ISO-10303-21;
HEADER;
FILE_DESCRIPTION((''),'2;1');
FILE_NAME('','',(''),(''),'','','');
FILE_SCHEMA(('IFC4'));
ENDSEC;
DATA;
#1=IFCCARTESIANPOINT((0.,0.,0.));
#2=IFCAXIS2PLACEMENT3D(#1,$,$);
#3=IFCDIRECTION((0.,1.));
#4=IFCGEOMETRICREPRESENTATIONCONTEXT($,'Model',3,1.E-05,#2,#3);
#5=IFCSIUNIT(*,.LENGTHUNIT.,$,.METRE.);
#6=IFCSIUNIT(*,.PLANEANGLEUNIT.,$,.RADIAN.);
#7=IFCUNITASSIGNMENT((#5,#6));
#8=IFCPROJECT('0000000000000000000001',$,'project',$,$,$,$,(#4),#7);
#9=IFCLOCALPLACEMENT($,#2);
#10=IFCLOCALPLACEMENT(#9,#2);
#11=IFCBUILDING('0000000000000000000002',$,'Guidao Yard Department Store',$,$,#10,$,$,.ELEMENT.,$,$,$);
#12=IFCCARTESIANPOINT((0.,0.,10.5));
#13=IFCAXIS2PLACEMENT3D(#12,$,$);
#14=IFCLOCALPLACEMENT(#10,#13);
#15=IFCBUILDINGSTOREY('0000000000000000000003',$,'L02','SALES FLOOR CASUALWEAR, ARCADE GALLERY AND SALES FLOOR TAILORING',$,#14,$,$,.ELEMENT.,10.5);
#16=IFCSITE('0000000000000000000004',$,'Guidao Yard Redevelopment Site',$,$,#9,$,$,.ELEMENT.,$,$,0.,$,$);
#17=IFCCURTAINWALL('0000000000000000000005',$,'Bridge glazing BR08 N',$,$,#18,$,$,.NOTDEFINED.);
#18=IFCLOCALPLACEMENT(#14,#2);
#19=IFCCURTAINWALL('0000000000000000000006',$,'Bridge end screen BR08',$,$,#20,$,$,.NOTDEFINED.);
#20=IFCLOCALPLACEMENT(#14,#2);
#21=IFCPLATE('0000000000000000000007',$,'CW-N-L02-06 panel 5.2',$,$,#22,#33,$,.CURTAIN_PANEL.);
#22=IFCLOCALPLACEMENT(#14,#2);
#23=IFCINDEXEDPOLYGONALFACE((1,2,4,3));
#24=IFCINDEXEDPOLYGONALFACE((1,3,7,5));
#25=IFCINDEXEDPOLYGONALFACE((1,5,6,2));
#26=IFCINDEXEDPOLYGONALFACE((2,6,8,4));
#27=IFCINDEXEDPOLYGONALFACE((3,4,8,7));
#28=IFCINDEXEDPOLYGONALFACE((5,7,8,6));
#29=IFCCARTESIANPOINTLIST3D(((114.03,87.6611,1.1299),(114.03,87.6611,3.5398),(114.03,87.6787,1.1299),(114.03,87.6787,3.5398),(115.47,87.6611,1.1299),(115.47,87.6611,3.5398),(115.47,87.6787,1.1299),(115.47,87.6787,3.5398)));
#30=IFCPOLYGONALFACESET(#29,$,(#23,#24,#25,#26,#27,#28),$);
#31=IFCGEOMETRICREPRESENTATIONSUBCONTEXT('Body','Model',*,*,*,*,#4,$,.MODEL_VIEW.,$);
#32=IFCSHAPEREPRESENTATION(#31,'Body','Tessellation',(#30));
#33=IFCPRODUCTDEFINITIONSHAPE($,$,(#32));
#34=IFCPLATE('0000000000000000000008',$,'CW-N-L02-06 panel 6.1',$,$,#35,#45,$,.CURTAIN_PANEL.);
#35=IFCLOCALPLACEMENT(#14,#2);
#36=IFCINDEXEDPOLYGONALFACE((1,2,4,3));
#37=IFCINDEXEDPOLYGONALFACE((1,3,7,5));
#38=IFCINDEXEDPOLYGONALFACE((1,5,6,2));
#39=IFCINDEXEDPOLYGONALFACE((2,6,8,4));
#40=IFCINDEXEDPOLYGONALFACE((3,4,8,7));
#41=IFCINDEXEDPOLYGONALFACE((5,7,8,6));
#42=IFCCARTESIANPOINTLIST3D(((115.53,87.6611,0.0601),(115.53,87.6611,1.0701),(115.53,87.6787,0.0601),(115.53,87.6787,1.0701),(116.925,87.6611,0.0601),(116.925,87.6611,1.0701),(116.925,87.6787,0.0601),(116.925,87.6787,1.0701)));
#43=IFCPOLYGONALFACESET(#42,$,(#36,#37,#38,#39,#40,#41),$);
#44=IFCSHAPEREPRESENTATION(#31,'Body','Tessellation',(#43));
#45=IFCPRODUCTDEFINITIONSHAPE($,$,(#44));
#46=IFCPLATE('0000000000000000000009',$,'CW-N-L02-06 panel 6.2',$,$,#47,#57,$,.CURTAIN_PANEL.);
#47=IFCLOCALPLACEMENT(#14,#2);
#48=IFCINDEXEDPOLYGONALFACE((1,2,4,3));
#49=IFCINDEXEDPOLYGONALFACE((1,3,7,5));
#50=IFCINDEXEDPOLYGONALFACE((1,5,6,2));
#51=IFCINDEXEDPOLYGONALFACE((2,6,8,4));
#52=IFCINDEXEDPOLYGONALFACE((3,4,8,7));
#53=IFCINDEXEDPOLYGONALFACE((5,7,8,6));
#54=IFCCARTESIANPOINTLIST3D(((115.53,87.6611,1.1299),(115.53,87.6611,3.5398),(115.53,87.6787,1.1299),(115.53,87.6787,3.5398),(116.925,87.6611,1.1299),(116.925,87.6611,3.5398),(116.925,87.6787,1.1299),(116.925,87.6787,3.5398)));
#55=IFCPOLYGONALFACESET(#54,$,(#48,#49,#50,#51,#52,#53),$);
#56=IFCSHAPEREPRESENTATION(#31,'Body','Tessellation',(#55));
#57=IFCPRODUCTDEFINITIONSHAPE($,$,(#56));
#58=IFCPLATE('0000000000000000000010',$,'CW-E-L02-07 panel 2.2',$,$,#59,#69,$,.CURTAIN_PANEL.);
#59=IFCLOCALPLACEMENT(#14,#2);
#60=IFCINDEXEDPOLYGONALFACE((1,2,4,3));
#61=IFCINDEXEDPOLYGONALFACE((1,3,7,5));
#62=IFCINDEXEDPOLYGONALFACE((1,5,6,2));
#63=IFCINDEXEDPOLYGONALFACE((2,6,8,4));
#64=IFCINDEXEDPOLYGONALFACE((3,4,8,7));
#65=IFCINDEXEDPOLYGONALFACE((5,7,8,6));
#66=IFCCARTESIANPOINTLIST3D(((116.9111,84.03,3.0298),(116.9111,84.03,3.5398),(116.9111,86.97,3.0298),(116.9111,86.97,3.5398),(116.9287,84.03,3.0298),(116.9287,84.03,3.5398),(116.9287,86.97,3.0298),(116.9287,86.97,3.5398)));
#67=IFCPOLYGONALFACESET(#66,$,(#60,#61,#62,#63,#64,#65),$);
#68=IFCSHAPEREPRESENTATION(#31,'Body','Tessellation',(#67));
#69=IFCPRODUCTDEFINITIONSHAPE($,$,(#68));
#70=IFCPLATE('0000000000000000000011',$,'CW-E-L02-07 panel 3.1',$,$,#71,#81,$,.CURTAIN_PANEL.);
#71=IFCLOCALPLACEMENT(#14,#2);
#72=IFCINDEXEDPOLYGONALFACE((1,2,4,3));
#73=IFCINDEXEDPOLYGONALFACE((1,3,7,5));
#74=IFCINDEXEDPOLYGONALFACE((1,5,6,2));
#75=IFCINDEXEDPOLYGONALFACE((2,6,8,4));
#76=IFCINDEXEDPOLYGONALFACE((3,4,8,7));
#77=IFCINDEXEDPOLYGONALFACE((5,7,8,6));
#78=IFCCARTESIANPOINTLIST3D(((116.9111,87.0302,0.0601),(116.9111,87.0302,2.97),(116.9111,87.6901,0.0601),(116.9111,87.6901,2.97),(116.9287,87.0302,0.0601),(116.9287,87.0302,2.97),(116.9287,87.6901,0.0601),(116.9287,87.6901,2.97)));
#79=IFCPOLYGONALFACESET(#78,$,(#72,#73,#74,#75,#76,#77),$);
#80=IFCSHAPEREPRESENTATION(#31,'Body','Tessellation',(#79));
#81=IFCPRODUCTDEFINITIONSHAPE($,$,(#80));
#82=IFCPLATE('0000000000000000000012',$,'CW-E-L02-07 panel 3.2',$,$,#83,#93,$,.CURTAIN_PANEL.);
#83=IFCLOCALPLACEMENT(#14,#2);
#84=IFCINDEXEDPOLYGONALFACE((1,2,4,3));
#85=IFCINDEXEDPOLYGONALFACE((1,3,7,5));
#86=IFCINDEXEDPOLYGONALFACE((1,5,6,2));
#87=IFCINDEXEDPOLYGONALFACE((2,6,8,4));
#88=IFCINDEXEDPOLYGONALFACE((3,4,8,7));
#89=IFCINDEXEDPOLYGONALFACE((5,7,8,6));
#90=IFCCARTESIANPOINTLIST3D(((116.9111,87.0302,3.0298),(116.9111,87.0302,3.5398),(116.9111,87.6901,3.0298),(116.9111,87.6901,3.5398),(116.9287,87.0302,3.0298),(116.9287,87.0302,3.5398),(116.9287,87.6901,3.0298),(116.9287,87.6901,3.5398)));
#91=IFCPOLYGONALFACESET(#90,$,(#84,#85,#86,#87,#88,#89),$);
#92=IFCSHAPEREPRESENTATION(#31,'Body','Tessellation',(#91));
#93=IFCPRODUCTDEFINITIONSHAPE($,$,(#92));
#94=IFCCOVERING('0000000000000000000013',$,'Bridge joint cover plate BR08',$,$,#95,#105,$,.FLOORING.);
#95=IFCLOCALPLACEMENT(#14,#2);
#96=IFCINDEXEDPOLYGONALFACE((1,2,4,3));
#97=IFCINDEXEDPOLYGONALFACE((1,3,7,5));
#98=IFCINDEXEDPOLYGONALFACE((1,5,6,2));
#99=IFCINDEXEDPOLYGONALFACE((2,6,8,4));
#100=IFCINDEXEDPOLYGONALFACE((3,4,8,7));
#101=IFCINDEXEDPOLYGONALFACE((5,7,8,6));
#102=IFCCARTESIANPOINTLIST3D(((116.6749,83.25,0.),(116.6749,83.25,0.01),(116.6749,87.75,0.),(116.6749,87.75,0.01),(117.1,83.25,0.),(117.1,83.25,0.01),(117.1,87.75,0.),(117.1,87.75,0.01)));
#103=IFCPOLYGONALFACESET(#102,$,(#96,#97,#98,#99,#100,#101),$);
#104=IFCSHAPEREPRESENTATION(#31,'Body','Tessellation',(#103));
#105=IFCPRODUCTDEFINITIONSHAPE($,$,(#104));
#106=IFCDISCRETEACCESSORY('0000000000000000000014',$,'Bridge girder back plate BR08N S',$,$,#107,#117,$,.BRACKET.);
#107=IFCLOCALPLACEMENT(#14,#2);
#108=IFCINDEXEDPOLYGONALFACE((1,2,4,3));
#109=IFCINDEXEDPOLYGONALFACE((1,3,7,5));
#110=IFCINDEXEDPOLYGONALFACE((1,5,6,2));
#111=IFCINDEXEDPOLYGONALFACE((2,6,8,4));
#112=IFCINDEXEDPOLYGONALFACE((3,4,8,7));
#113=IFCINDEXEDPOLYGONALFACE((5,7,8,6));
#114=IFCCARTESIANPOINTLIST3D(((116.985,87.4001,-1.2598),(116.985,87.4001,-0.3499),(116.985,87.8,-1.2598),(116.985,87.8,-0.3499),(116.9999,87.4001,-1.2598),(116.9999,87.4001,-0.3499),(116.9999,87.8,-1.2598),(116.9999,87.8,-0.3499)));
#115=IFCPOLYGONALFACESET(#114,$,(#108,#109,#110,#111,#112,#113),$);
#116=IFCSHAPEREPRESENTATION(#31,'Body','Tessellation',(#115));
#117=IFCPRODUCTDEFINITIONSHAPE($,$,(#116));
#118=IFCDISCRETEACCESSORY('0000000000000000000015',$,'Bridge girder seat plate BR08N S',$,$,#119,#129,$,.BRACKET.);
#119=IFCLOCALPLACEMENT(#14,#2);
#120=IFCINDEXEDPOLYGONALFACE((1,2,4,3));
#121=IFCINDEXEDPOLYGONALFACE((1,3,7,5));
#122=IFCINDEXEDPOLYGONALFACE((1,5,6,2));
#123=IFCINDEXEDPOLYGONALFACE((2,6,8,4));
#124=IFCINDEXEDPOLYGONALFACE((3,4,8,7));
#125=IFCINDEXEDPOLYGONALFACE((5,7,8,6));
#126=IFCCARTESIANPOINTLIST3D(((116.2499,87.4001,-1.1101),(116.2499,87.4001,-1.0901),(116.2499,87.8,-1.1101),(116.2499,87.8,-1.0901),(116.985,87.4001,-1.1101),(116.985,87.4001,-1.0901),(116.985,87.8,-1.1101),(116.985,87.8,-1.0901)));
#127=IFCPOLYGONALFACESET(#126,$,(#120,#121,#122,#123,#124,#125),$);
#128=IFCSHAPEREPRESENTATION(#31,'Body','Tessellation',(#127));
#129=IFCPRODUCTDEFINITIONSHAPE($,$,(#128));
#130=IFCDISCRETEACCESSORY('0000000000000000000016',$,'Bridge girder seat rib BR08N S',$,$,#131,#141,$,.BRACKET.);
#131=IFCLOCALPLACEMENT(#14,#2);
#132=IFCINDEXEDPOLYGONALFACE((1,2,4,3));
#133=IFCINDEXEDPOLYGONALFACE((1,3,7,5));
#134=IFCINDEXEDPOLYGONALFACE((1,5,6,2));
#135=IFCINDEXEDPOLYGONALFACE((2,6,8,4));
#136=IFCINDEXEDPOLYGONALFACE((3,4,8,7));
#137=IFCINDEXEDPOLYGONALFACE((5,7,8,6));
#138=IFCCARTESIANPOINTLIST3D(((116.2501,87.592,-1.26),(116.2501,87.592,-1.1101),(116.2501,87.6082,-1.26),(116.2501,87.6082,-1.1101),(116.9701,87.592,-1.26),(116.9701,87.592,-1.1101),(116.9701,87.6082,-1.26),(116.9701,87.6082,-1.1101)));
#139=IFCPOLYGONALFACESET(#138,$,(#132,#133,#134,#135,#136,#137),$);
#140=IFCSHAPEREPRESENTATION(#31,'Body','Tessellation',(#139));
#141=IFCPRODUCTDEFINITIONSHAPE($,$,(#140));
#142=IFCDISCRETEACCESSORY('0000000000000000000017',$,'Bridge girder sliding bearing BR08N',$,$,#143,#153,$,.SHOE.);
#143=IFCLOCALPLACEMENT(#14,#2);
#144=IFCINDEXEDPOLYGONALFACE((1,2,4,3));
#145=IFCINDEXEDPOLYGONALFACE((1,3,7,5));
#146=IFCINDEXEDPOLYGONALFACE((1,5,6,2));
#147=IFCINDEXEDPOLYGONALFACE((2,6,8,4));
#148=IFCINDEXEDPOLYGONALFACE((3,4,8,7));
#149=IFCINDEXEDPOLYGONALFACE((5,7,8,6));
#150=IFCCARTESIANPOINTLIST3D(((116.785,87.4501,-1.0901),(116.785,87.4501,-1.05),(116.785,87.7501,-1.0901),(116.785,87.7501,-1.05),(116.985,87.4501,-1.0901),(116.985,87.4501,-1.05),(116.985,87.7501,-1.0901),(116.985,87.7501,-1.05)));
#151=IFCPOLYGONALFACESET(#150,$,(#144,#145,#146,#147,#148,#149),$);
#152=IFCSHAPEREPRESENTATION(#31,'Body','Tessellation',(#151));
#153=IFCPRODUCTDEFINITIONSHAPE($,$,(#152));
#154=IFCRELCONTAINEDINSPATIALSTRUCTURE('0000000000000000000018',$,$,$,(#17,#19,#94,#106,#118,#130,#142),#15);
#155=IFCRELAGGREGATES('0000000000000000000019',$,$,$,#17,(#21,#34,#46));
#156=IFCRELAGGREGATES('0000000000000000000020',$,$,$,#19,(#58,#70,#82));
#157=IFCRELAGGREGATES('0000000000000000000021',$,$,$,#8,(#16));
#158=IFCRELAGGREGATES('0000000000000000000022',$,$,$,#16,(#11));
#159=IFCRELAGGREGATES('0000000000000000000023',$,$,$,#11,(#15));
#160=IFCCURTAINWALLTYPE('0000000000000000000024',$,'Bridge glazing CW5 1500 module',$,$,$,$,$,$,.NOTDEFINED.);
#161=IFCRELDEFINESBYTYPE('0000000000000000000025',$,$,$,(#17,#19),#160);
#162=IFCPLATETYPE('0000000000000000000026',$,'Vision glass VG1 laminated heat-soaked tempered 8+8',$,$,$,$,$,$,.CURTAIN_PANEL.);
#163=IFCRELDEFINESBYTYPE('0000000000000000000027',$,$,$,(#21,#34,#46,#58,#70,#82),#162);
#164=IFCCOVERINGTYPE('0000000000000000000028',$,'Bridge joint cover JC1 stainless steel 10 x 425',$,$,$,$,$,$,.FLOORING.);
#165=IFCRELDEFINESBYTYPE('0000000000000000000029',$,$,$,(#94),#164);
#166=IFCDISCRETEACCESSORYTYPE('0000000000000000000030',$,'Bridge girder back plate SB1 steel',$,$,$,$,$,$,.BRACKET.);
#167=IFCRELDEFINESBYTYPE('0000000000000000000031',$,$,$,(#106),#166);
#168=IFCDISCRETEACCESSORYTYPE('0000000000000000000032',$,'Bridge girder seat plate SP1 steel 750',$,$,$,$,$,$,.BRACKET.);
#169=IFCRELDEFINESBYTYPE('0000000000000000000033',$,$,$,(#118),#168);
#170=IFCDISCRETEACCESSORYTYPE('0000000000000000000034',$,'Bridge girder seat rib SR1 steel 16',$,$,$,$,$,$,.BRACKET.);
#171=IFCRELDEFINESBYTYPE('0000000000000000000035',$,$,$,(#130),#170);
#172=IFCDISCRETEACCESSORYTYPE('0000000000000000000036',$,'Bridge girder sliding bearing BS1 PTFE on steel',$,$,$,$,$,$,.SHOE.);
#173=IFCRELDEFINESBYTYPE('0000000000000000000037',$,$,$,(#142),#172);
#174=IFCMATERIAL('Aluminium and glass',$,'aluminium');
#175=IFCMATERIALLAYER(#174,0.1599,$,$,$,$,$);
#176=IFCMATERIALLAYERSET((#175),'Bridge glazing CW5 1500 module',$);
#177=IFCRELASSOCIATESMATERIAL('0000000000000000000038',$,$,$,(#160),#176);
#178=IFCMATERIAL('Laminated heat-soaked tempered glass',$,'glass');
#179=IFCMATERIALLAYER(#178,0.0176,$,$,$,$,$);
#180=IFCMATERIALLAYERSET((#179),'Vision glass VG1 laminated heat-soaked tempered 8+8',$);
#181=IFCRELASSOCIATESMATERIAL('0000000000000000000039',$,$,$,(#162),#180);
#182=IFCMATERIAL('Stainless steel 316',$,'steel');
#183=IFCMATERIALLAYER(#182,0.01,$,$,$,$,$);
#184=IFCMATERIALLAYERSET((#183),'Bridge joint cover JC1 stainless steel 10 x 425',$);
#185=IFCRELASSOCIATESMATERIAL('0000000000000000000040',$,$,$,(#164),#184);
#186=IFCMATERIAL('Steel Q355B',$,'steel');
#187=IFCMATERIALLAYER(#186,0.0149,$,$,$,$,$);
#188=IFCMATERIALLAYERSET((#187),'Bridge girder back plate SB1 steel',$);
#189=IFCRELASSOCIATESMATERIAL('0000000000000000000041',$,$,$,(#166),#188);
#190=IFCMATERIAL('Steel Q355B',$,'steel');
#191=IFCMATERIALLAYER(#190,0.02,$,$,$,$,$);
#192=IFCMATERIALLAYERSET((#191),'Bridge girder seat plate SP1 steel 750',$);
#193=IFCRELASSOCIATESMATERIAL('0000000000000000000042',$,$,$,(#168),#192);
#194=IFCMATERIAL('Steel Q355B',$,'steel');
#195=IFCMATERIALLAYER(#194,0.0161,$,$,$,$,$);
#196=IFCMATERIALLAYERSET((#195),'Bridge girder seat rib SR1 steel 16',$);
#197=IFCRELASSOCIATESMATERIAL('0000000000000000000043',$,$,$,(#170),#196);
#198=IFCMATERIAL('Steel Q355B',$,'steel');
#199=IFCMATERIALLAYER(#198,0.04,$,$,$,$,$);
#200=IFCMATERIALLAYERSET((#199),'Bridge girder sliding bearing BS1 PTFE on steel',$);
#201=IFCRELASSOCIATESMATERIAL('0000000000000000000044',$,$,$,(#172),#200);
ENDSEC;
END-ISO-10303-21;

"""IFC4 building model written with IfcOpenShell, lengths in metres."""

from ifc_helpers import new_model, si_unit, direction, frame, origin, origin_2d, place, context, subcontext, project, spatial, rectangle, extrude, material, layer, layer_set, type_object, element, aggregate, save


model = new_model("IFC4")

# Units and contexts
model_context = context("Model", 3, precision=1e-05, world=origin(), true_north=direction((0.0, 1.0)))
body_context = subcontext(model_context, "Body", "Model", "MODEL_VIEW")
ifc_project = project(units=[si_unit("LENGTHUNIT", "METRE"), si_unit("PLANEANGLEUNIT", "RADIAN")], contexts=[model_context])

# Site, building, storey
site_placement = place(None, origin())
site = spatial("IfcSite", under=ifc_project, at=site_placement, Name="Guidao Yard Redevelopment Site", CompositionType="ELEMENT", RefElevation=0.0)
building_placement = place(site_placement, origin())
building = spatial("IfcBuilding", under=site, at=building_placement, Name="Guidao Yard Department Store", CompositionType="ELEMENT")
storey_placement = place(building_placement, frame((0.0, 0.0, 10.5)))
storey = spatial("IfcBuildingStorey", under=building, at=storey_placement, Name="L02", Description="SALES FLOOR CASUALWEAR, ARCADE GALLERY AND SALES FLOOR TAILORING", CompositionType="ELEMENT", Elevation=10.5)

# Curtain wall
ifc_material_1 = material(Name="Aluminium and glass", Category="aluminium")
ifc_layer_1 = layer(ifc_material_1, 0.1599)
ifc_layer_set_1 = layer_set([ifc_layer_1], Name="Bridge glazing CW5 1500 module")
curtain_wall_type = type_object("IfcCurtainWallType", Name="Bridge glazing CW5 1500 module", PredefinedType="NOTDEFINED", material=ifc_layer_set_1)
curtain_wall_1_placement = place(storey_placement, origin())
curtain_wall_1 = element("IfcCurtainWall", 1, at=curtain_wall_1_placement, inside=storey, type_object=curtain_wall_type, Name="Bridge glazing BR08 N", PredefinedType="NOTDEFINED")

# Curtain wall
curtain_wall_2_placement = place(storey_placement, origin())
curtain_wall_2 = element("IfcCurtainWall", 2, at=curtain_wall_2_placement, inside=storey, type_object=curtain_wall_type, Name="Bridge end screen BR08", PredefinedType="NOTDEFINED")

# Plates
ifc_material_2 = material(Name="Laminated heat-soaked tempered glass", Category="glass")
ifc_layer_2 = layer(ifc_material_2, 0.0176)
ifc_layer_set_2 = layer_set([ifc_layer_2], Name="Vision glass VG1 laminated heat-soaked tempered 8+8")
plate_type_1 = type_object("IfcPlateType", Name="Vision glass VG1 laminated heat-soaked tempered 8+8", PredefinedType="CURTAIN_PANEL", material=ifc_layer_set_2)
plate_1_placement = place(storey_placement, frame((114.75, 87.6699, 1.1299), z_axis=(0.0, 0.0, 1.0), x_axis=(1.0, 0.0, 0.0)))
plate_1 = element("IfcPlate", 3, at=plate_1_placement, type_object=plate_type_1, Name="CW-N-L02-06 panel 5.2", PredefinedType="CURTAIN_PANEL", context=body_context, shape_type="SweptSolid", body=[
    extrude(rectangle(XDim=1.4399, YDim=0.0176, at=origin_2d()), origin(), (0.0, 0.0, 1.0), 2.4099),
])
plate_2_placement = place(storey_placement, frame((116.2275, 87.6699, 0.0601), z_axis=(0.0, 0.0, 1.0), x_axis=(1.0, 0.0, 0.0)))
plate_2 = element("IfcPlate", 4, at=plate_2_placement, type_object=plate_type_1, Name="CW-N-L02-06 panel 6.1", PredefinedType="CURTAIN_PANEL", context=body_context, shape_type="SweptSolid", body=[
    extrude(rectangle(XDim=1.395, YDim=0.0176, at=origin_2d()), origin(), (0.0, 0.0, 1.0), 1.01),
])
plate_3_placement = place(storey_placement, frame((116.2275, 87.6699, 1.1299), z_axis=(0.0, 0.0, 1.0), x_axis=(1.0, 0.0, 0.0)))
plate_3 = element("IfcPlate", 5, at=plate_3_placement, type_object=plate_type_1, Name="CW-N-L02-06 panel 6.2", PredefinedType="CURTAIN_PANEL", context=body_context, shape_type="SweptSolid", body=[
    extrude(rectangle(XDim=1.395, YDim=0.0176, at=origin_2d()), origin(), (0.0, 0.0, 1.0), 2.4099),
])
aggregate(curtain_wall_1, [plate_1, plate_2, plate_3])
plate_4_placement = place(storey_placement, frame((116.9199, 85.5, 3.0298), z_axis=(0.0, 0.0, 1.0), x_axis=(0.0, -1.0, 0.0)))
plate_4 = element("IfcPlate", 6, at=plate_4_placement, type_object=plate_type_1, Name="CW-E-L02-07 panel 2.2", PredefinedType="CURTAIN_PANEL", context=body_context, shape_type="SweptSolid", body=[
    extrude(rectangle(XDim=2.9399, YDim=0.0176, at=origin_2d()), origin(), (0.0, 0.0, 1.0), 0.51),
])
plate_5_placement = place(storey_placement, frame((116.9199, 87.3601, 0.0601), z_axis=(0.0, 0.0, 1.0), x_axis=(0.0, -1.0, 0.0)))
plate_5 = element("IfcPlate", 7, at=plate_5_placement, type_object=plate_type_1, Name="CW-E-L02-07 panel 3.1", PredefinedType="CURTAIN_PANEL", context=body_context, shape_type="SweptSolid", body=[
    extrude(rectangle(XDim=0.6599, YDim=0.0176, at=origin_2d()), origin(), (0.0, 0.0, 1.0), 2.9099),
])
plate_6_placement = place(storey_placement, frame((116.9199, 87.3601, 3.0298), z_axis=(0.0, 0.0, 1.0), x_axis=(0.0, -1.0, 0.0)))
plate_6 = element("IfcPlate", 8, at=plate_6_placement, type_object=plate_type_1, Name="CW-E-L02-07 panel 3.2", PredefinedType="CURTAIN_PANEL", context=body_context, shape_type="SweptSolid", body=[
    extrude(rectangle(XDim=0.6599, YDim=0.0176, at=origin_2d()), origin(), (0.0, 0.0, 1.0), 0.51),
])
aggregate(curtain_wall_2, [plate_4, plate_5, plate_6])

# Covering
ifc_material_3 = material(Name="Stainless steel 316", Category="steel")
ifc_layer_3 = layer(ifc_material_3, 0.01)
ifc_layer_set_3 = layer_set([ifc_layer_3], Name="Bridge joint cover JC1 stainless steel 10 x 425")
covering_type = type_object("IfcCoveringType", Name="Bridge joint cover JC1 stainless steel 10 x 425", PredefinedType="FLOORING", material=ifc_layer_set_3)
covering_placement = place(storey_placement, frame((116.8875, 85.5, 0.0), z_axis=(0.0, 0.0, 1.0), x_axis=(1.0, 0.0, 0.0)))
element("IfcCovering", 9, at=covering_placement, inside=storey, type_object=covering_type, Name="Bridge joint cover plate BR08", PredefinedType="FLOORING", context=body_context, shape_type="SweptSolid", body=[
    extrude(rectangle(XDim=0.425, YDim=4.5, at=origin_2d()), origin(), (0.0, 0.0, 1.0), 0.01),
])

# Discrete accessories
ifc_material_4 = material(Name="Steel Q355B", Category="steel")
ifc_layer_4 = layer(ifc_material_4, 0.0149)
ifc_layer_set_4 = layer_set([ifc_layer_4], Name="Bridge girder back plate SB1 steel")
discrete_accessory_type_1 = type_object("IfcDiscreteAccessoryType", Name="Bridge girder back plate SB1 steel", PredefinedType="BRACKET", material=ifc_layer_set_4)
discrete_accessory_1_placement = place(storey_placement, frame((116.9924, 87.6001, -1.2598), z_axis=(0.0, 0.0, 1.0), x_axis=(1.0, 0.0, 0.0)))
element("IfcDiscreteAccessory", 10, at=discrete_accessory_1_placement, inside=storey, type_object=discrete_accessory_type_1, Name="Bridge girder back plate BR08N S", PredefinedType="BRACKET", context=body_context, shape_type="SweptSolid", body=[
    extrude(rectangle(XDim=0.0149, YDim=0.3999, at=origin_2d()), origin(), (0.0, 0.0, 1.0), 0.9099),
])
ifc_material_5 = material(Name="Steel Q355B", Category="steel")
ifc_layer_5 = layer(ifc_material_5, 0.02)
ifc_layer_set_5 = layer_set([ifc_layer_5], Name="Bridge girder seat plate SP1 steel 750")
discrete_accessory_type_2 = type_object("IfcDiscreteAccessoryType", Name="Bridge girder seat plate SP1 steel 750", PredefinedType="BRACKET", material=ifc_layer_set_5)
discrete_accessory_2_placement = place(storey_placement, frame((116.6174, 87.6001, -1.1101), z_axis=(0.0, 0.0, 1.0), x_axis=(1.0, 0.0, 0.0)))
element("IfcDiscreteAccessory", 11, at=discrete_accessory_2_placement, inside=storey, type_object=discrete_accessory_type_2, Name="Bridge girder seat plate BR08N S", PredefinedType="BRACKET", context=body_context, shape_type="SweptSolid", body=[
    extrude(rectangle(XDim=0.7351, YDim=0.3999, at=origin_2d()), origin(), (0.0, 0.0, 1.0), 0.02),
])
ifc_material_6 = material(Name="Steel Q355B", Category="steel")
ifc_layer_6 = layer(ifc_material_6, 0.0161)
ifc_layer_set_6 = layer_set([ifc_layer_6], Name="Bridge girder seat rib SR1 steel 16")
discrete_accessory_type_3 = type_object("IfcDiscreteAccessoryType", Name="Bridge girder seat rib SR1 steel 16", PredefinedType="BRACKET", material=ifc_layer_set_6)
discrete_accessory_3_placement = place(storey_placement, frame((116.6101, 87.6001, -1.26), z_axis=(0.0, 0.0, 1.0), x_axis=(1.0, 0.0, 0.0)))
element("IfcDiscreteAccessory", 12, at=discrete_accessory_3_placement, inside=storey, type_object=discrete_accessory_type_3, Name="Bridge girder seat rib BR08N S", PredefinedType="BRACKET", context=body_context, shape_type="SweptSolid", body=[
    extrude(rectangle(XDim=0.72, YDim=0.0161, at=origin_2d()), origin(), (0.0, 0.0, 1.0), 0.1499),
])
ifc_material_7 = material(Name="Steel Q355B", Category="steel")
ifc_layer_7 = layer(ifc_material_7, 0.04)
ifc_layer_set_7 = layer_set([ifc_layer_7], Name="Bridge girder sliding bearing BS1 PTFE on steel")
discrete_accessory_type_4 = type_object("IfcDiscreteAccessoryType", Name="Bridge girder sliding bearing BS1 PTFE on steel", PredefinedType="SHOE", material=ifc_layer_set_7)
discrete_accessory_4_placement = place(storey_placement, frame((116.885, 87.6001, -1.0901), z_axis=(0.0, 0.0, 1.0), x_axis=(1.0, 0.0, 0.0)))
element("IfcDiscreteAccessory", 13, at=discrete_accessory_4_placement, inside=storey, type_object=discrete_accessory_type_4, Name="Bridge girder sliding bearing BR08N", PredefinedType="SHOE", context=body_context, shape_type="SweptSolid", body=[
    extrude(rectangle(XDim=0.2, YDim=0.3, at=origin_2d()), origin(), (0.0, 0.0, 1.0), 0.04),
])

save(model, "model.ifc")
